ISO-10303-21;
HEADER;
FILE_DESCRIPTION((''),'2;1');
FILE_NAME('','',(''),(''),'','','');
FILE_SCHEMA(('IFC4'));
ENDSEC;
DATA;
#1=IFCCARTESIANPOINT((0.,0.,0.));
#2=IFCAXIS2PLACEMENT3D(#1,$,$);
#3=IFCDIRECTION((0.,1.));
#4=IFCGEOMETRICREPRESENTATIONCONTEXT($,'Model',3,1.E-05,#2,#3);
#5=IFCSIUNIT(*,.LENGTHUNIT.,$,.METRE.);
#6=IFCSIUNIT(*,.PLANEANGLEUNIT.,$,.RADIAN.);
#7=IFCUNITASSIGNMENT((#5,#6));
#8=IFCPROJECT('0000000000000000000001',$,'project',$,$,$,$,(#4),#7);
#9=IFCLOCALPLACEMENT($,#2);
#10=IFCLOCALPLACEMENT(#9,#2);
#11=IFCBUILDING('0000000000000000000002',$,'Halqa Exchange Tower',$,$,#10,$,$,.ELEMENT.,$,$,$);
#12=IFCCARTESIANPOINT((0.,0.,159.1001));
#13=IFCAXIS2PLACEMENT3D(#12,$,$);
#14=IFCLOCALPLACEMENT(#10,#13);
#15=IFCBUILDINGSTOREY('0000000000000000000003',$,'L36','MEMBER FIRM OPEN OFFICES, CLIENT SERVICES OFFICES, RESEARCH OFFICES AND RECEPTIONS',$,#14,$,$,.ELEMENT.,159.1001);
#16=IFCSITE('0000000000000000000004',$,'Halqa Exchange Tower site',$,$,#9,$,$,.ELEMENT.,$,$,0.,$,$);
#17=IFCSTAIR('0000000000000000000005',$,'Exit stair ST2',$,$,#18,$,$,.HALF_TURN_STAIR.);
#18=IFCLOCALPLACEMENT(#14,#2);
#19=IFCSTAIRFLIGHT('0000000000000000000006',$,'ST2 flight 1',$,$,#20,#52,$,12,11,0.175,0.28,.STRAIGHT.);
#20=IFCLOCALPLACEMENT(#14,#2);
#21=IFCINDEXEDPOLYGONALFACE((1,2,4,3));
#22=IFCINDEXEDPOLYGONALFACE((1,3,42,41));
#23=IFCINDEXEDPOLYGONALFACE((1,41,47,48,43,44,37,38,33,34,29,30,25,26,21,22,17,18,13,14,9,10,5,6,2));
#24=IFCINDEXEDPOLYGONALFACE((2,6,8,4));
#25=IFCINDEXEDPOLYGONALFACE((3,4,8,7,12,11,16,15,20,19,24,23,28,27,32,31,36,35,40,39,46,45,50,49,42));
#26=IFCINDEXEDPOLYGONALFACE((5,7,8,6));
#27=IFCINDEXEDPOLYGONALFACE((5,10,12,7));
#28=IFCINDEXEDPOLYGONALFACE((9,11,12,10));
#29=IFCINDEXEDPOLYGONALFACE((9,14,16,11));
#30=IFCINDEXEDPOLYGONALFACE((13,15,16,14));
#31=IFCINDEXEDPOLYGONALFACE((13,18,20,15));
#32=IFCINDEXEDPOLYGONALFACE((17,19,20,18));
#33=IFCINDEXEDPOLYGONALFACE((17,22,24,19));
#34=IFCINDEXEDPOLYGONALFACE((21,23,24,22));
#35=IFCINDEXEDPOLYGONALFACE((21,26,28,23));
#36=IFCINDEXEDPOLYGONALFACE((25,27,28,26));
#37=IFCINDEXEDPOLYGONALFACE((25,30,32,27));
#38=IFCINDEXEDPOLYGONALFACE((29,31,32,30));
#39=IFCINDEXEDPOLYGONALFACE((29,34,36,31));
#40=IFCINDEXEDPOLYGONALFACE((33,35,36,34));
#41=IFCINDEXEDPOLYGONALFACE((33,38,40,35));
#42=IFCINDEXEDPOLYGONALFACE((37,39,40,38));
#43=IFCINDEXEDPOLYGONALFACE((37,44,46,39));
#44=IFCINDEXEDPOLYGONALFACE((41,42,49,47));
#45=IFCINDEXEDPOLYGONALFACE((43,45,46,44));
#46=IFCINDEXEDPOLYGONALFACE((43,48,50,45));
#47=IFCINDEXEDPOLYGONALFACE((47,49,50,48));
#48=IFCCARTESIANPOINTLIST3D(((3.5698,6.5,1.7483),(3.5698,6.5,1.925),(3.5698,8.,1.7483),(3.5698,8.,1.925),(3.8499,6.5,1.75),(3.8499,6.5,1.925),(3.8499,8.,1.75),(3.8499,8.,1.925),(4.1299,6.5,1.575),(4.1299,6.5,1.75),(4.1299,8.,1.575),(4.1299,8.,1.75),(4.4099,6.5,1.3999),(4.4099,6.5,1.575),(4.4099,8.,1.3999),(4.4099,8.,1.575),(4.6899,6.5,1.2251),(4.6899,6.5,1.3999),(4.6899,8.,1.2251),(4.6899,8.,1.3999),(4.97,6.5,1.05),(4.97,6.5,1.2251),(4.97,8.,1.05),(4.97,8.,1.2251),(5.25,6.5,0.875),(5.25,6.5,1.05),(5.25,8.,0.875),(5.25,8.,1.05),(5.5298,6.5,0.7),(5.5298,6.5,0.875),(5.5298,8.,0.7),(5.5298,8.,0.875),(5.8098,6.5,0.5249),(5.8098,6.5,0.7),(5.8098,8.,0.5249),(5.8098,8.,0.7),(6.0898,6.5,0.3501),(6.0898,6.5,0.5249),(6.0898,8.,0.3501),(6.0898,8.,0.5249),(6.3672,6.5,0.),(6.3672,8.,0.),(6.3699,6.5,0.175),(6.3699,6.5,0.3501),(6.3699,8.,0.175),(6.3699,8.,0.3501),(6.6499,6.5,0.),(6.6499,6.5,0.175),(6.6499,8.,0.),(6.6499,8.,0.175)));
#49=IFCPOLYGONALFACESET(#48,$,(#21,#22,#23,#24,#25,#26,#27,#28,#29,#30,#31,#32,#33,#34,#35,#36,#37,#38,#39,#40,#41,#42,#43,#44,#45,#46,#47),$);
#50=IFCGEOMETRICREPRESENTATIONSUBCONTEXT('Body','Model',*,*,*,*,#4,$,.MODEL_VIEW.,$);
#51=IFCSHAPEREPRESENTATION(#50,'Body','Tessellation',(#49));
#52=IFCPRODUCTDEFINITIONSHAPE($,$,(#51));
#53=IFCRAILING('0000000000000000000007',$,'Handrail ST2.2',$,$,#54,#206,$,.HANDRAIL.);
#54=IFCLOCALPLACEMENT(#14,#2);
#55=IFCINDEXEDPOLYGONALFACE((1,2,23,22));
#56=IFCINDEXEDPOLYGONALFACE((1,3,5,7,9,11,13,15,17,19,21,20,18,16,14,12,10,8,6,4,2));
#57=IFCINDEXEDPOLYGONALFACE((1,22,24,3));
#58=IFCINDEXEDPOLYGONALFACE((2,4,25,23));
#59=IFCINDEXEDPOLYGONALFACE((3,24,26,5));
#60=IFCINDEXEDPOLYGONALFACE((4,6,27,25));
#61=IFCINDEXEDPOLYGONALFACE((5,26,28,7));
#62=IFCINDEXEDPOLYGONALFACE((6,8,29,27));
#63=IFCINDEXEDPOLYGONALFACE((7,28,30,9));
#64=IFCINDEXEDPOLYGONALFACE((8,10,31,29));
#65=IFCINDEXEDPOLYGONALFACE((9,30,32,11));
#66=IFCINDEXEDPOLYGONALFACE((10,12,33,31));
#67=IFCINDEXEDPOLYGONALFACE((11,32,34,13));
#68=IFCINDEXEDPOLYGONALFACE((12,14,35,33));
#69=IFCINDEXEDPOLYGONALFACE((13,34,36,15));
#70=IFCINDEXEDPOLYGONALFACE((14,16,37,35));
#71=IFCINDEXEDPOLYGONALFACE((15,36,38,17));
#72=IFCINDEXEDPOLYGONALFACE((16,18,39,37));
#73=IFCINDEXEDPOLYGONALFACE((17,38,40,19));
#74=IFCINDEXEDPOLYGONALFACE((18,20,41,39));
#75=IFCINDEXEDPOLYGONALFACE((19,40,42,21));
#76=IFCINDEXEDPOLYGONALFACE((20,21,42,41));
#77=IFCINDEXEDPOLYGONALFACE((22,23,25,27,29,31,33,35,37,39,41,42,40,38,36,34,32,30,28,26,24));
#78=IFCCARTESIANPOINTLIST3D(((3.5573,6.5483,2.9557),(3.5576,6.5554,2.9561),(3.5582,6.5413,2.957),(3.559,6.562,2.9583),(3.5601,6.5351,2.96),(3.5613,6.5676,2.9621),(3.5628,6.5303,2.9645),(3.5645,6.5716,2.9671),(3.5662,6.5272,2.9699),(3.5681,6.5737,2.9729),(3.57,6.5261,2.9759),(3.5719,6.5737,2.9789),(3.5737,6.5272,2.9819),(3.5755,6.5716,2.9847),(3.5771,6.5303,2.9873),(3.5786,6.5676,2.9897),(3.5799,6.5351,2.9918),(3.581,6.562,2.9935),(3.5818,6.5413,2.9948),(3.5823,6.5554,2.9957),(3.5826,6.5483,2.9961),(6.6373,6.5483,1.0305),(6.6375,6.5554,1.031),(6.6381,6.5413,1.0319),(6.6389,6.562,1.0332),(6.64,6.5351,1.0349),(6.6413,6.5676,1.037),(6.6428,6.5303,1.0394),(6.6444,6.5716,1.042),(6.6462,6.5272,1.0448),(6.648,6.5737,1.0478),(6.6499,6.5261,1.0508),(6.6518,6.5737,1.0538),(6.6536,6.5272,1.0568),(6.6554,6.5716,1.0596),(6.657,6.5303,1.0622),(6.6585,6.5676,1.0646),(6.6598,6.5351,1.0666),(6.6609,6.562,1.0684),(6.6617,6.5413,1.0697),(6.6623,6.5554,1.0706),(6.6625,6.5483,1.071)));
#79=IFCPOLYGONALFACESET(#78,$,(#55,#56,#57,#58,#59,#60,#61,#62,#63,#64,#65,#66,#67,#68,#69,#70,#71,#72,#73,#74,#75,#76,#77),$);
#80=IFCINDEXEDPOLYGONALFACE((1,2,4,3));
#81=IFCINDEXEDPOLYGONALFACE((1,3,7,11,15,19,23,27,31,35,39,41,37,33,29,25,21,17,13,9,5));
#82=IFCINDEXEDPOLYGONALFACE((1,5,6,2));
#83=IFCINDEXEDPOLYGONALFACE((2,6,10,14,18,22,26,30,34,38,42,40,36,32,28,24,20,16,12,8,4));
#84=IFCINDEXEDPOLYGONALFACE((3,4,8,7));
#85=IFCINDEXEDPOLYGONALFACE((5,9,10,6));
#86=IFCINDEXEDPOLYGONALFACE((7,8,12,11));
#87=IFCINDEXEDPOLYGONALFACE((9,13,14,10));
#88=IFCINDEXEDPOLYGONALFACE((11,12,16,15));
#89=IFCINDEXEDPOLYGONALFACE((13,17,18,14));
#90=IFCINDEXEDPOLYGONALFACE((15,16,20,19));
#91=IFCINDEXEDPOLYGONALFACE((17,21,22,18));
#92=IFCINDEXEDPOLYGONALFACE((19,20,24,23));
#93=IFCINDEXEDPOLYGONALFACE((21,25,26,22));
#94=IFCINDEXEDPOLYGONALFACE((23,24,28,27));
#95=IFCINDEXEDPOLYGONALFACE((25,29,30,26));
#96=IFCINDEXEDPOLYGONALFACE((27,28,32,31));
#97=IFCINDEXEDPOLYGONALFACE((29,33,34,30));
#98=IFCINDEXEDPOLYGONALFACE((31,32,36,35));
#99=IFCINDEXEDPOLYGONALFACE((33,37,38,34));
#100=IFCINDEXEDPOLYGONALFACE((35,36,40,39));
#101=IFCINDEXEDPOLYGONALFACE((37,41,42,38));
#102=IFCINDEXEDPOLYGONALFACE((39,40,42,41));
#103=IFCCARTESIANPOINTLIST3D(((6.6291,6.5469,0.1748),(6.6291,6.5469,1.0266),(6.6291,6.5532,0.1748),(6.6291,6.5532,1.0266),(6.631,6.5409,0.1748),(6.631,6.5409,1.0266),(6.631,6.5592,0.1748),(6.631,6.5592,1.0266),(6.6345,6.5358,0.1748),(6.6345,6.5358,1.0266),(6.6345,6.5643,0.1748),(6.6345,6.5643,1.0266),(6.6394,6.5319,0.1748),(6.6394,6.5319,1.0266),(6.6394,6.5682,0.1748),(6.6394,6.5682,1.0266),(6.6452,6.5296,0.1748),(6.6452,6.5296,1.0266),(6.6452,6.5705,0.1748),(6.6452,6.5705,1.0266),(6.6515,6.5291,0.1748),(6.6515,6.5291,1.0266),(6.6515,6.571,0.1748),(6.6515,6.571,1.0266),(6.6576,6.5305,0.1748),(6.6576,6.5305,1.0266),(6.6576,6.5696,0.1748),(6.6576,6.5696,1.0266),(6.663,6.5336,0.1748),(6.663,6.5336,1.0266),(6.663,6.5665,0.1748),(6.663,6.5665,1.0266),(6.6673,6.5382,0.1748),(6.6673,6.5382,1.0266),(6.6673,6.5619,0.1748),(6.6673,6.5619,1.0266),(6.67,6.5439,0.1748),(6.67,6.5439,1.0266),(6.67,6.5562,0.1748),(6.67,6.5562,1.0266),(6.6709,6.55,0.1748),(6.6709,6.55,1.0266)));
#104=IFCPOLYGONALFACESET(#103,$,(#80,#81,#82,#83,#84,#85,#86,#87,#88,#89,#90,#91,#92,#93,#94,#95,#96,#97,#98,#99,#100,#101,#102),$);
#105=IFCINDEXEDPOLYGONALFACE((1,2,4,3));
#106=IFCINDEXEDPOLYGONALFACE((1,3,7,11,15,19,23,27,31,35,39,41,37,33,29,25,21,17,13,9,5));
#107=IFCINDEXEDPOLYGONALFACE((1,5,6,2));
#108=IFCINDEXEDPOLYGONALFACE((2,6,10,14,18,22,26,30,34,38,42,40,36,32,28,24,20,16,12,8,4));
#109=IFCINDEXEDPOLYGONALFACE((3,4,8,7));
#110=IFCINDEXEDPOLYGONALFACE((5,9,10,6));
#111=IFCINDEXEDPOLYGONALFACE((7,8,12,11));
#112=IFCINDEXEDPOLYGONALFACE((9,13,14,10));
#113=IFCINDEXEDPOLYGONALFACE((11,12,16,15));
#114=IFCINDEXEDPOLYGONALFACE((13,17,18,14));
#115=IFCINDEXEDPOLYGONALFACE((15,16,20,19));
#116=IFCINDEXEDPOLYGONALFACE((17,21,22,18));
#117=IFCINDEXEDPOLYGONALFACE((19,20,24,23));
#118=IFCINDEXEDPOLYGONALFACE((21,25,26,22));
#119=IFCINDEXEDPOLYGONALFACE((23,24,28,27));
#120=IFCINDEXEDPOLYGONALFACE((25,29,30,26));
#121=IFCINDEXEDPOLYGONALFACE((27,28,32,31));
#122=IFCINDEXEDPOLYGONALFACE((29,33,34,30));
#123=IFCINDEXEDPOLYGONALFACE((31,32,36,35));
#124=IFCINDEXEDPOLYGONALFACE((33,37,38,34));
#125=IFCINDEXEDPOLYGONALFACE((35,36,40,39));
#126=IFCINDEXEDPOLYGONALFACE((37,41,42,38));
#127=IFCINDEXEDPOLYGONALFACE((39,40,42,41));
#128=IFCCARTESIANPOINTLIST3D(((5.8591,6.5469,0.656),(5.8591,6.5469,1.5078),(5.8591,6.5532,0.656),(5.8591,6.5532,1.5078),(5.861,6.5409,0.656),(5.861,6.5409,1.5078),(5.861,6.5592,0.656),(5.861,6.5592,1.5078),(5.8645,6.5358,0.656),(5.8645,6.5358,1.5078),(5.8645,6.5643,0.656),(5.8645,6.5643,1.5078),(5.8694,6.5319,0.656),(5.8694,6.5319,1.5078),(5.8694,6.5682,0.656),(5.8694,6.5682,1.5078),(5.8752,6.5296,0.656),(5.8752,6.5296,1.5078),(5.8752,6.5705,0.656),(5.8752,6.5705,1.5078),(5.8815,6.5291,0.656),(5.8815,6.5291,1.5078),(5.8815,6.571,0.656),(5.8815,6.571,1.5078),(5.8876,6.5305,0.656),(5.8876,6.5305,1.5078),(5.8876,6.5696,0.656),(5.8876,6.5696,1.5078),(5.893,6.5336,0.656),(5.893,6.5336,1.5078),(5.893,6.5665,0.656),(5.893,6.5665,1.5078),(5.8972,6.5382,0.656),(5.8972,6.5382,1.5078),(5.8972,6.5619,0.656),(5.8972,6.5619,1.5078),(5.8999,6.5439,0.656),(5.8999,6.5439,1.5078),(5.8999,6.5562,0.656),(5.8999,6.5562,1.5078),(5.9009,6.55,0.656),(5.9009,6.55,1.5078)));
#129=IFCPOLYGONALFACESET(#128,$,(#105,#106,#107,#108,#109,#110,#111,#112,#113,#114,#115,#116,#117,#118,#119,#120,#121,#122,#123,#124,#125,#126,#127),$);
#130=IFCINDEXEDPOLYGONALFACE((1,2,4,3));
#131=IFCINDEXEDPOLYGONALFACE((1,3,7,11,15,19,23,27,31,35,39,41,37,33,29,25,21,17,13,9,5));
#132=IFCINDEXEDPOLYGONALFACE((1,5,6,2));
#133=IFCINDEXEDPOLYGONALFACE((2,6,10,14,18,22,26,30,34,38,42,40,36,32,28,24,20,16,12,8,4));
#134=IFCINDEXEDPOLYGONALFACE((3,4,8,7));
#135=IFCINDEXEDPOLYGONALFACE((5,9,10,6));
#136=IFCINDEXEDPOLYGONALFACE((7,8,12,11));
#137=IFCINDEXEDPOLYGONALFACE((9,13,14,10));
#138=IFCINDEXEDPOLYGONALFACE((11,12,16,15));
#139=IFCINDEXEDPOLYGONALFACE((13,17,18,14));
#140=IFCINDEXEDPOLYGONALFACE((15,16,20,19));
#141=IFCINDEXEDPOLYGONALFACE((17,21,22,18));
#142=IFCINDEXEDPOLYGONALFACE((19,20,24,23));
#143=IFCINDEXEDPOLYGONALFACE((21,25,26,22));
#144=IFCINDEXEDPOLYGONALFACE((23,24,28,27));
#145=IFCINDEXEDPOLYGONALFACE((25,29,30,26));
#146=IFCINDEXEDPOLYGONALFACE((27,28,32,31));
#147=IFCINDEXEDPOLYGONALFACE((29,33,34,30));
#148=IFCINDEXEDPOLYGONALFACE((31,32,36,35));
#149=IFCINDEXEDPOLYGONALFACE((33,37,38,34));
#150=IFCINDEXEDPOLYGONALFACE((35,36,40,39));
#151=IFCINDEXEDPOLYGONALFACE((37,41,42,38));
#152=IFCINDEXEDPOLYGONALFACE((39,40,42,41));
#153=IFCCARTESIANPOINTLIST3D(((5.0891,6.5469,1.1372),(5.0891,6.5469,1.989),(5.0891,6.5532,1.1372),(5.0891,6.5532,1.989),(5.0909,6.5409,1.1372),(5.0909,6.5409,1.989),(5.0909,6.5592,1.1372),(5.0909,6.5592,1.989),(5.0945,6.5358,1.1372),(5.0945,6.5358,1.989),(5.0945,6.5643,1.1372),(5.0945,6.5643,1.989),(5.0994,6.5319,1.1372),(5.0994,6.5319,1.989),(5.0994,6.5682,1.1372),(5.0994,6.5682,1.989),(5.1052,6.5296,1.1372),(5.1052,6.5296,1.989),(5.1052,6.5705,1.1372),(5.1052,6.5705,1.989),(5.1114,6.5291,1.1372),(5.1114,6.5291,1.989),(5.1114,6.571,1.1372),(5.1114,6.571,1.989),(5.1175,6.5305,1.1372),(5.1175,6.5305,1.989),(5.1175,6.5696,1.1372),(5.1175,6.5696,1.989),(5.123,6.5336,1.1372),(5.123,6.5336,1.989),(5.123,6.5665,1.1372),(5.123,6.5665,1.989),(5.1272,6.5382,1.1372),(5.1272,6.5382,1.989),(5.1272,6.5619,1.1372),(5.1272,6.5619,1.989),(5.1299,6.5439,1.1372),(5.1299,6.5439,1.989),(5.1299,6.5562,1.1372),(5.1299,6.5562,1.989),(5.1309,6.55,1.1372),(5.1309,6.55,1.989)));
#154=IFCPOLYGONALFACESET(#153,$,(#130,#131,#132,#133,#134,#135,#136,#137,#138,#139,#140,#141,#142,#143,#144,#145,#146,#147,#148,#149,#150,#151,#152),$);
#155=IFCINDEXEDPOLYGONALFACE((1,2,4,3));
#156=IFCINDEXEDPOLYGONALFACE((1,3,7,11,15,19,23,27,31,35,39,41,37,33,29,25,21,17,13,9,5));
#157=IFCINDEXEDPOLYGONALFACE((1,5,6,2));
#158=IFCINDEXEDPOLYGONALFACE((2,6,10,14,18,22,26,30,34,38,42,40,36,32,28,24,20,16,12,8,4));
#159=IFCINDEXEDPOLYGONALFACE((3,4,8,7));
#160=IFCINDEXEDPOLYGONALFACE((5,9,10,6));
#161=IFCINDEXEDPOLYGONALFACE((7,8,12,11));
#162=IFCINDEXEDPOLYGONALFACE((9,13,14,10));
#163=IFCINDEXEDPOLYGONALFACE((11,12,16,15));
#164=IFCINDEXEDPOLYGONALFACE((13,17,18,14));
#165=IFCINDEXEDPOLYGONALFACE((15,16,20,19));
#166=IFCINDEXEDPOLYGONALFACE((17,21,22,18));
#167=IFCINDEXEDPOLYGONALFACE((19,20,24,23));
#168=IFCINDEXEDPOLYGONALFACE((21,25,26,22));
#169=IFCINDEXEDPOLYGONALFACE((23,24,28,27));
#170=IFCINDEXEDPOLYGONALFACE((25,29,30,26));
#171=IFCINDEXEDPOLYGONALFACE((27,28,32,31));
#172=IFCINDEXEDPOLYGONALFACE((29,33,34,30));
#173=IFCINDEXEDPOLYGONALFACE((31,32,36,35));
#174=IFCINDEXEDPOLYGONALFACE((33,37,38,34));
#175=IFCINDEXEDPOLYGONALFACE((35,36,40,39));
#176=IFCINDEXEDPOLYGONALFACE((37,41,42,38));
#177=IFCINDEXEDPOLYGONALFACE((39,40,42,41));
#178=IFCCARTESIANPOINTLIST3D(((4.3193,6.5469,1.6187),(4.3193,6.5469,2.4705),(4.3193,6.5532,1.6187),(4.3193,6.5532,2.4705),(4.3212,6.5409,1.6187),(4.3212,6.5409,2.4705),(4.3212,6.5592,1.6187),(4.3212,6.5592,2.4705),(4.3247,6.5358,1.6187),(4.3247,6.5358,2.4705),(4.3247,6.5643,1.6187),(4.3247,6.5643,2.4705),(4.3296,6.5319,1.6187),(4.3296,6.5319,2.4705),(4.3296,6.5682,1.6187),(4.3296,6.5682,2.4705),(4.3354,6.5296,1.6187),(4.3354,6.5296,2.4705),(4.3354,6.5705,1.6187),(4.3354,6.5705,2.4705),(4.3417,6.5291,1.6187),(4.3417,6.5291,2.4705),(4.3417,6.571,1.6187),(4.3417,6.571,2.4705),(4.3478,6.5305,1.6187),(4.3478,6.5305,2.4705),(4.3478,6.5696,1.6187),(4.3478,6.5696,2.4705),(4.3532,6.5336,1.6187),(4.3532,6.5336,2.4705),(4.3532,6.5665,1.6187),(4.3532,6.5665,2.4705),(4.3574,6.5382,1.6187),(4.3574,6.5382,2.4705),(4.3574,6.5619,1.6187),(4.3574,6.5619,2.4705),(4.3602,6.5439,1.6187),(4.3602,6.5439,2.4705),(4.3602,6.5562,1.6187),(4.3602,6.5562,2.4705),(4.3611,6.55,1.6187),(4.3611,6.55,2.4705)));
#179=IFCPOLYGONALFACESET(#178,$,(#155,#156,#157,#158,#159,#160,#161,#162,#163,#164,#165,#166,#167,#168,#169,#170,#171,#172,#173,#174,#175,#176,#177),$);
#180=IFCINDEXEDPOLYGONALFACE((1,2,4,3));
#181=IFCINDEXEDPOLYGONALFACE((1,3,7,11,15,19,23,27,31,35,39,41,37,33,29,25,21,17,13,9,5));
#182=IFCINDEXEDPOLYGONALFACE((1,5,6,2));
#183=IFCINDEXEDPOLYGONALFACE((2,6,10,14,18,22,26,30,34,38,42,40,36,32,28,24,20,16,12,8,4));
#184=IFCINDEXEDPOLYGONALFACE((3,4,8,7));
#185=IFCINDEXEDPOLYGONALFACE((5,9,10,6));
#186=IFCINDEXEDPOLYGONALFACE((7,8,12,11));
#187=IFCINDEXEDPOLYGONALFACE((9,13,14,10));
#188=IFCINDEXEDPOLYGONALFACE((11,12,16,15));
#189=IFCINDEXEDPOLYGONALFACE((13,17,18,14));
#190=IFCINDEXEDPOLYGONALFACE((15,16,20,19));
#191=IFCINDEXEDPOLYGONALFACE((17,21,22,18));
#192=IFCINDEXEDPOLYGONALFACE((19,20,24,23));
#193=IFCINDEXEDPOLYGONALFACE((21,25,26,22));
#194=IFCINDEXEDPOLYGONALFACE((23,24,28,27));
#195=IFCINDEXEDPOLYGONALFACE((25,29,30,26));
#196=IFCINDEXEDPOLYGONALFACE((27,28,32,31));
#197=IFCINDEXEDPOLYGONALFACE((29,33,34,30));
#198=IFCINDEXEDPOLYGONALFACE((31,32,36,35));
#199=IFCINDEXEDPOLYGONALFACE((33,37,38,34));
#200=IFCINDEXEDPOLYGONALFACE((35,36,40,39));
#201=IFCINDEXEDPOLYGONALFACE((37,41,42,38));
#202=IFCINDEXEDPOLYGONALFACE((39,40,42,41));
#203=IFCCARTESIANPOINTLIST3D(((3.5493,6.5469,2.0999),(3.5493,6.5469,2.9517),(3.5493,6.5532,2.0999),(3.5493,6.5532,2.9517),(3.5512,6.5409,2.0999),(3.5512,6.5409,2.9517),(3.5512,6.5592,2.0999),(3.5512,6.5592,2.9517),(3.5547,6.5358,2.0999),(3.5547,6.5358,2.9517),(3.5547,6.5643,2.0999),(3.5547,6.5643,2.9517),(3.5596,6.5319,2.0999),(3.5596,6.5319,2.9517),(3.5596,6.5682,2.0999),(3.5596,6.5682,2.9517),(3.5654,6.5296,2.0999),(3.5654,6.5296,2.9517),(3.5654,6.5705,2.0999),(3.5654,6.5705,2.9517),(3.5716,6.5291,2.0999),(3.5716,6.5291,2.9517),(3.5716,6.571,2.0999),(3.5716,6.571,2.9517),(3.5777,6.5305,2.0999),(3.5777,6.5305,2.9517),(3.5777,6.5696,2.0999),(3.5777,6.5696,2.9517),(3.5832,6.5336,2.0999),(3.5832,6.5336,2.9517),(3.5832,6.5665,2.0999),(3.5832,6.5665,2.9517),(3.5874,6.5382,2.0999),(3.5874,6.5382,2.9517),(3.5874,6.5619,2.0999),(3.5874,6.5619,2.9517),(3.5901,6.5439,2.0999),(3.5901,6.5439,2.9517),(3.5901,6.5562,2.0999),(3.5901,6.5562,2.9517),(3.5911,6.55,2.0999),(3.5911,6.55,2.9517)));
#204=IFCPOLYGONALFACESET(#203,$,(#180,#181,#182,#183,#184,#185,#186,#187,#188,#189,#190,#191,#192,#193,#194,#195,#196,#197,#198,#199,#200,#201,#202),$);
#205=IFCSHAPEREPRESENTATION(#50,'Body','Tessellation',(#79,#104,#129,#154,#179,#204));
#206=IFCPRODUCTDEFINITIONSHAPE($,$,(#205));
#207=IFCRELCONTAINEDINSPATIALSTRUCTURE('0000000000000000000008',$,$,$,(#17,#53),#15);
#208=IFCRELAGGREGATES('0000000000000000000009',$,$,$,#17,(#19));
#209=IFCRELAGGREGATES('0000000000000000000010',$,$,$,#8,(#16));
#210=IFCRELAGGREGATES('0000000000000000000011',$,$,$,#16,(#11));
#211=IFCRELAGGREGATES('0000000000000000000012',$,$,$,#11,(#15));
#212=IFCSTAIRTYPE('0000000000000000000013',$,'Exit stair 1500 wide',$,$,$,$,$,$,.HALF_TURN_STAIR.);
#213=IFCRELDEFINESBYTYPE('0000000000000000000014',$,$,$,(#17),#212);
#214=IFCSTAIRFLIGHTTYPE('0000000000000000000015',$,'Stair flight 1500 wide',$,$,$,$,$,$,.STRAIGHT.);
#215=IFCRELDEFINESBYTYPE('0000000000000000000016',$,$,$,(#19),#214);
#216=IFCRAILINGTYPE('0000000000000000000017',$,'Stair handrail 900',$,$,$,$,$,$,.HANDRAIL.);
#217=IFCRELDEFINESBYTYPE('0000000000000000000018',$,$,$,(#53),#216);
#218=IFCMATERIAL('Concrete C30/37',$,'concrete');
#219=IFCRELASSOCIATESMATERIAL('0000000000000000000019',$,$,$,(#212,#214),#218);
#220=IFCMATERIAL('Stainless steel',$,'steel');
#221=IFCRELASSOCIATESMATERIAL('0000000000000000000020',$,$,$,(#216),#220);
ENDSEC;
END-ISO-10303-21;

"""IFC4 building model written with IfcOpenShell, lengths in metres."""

from ifc_helpers import new_model, si_unit, direction, frame, origin, origin_2d, place, context, subcontext, project, spatial, polyline, circle, outline, extrude, material, type_object, element, aggregate, save


model = new_model("IFC4")

# Units and contexts
model_context = context("Model", 3, precision=1e-05, world=origin(), true_north=direction((0.0, 1.0)))
body_context = subcontext(model_context, "Body", "Model", "MODEL_VIEW")
ifc_project = project(units=[si_unit("LENGTHUNIT", "METRE"), si_unit("PLANEANGLEUNIT", "RADIAN")], contexts=[model_context])

# Site, building, storey
site_placement = place(None, origin())
site = spatial("IfcSite", under=ifc_project, at=site_placement, Name="Halqa Exchange Tower site", CompositionType="ELEMENT", RefElevation=0.0)
building_placement = place(site_placement, origin())
building = spatial("IfcBuilding", under=site, at=building_placement, Name="Halqa Exchange Tower", CompositionType="ELEMENT")
storey_placement = place(building_placement, frame((0.0, 0.0, 159.1001)))
storey = spatial("IfcBuildingStorey", under=building, at=storey_placement, Name="L36", Description="MEMBER FIRM OPEN OFFICES, CLIENT SERVICES OFFICES, RESEARCH OFFICES AND RECEPTIONS", CompositionType="ELEMENT", Elevation=159.1001)

# Stair
ifc_material_1 = material(Name="Concrete C30/37", Category="concrete")
stair_type = type_object("IfcStairType", Name="Exit stair 1500 wide", PredefinedType="HALF_TURN_STAIR", material=ifc_material_1)
stair_1_placement = place(storey_placement, origin())
stair_1 = element("IfcStair", 1, at=stair_1_placement, inside=storey, type_object=stair_type, Name="Exit stair ST2", PredefinedType="HALF_TURN_STAIR")

# Stair flight
stair_flight_type = type_object("IfcStairFlightType", Name="Stair flight 1500 wide", PredefinedType="STRAIGHT", material=ifc_material_1)
stair_flight_placement = place(storey_placement, frame((6.6499, 7.25, 0.0), z_axis=(0.0, 0.0, 1.0), x_axis=(-1.0, 0.0, 0.0)))
stair_flight = element("IfcStairFlight", 2, at=stair_flight_placement, type_object=stair_flight_type, Name="ST2 flight 1", NumberOfRisers=12, NumberOfTreads=11, PredefinedType="STRAIGHT", RiserHeight=0.175, TreadLength=0.28, context=body_context, shape_type="SweptSolid", body=[
    extrude(outline(polyline([(0.0, 0.0), (0.0, 0.175), (0.28, 0.175), (0.28, 0.3501), (0.5601, 0.3501), (0.5601, 0.5249), (0.8401, 0.5249), (0.8401, 0.7), (1.1201, 0.7), (1.1201, 0.875), (1.3999, 0.875), (1.3999, 1.05), (1.6799, 1.05), (1.6799, 1.2251), (1.96, 1.2251), (1.96, 1.3999), (2.24, 1.3999), (2.24, 1.575), (2.52, 1.575), (2.52, 1.75), (2.8, 1.75), (2.8, 1.925), (3.0801, 1.925), (3.0801, 2.1001), (3.0801, 1.7483), (0.2827, 0.0), (0.0, 0.0)])), frame((0.0, 0.75, 0.0), z_axis=(0.0, -1.0, 0.0), x_axis=(1.0, 0.0, 0.0)), (0.0, 0.0, 1.0), 1.5),
])
aggregate(stair_1, [stair_flight])

# Railing
ifc_material_2 = material(Name="Stainless steel", Category="steel")
railing_type_1 = type_object("IfcRailingType", Name="Stair handrail 900", PredefinedType="HANDRAIL", material=ifc_material_2)
railing_1_placement = place(storey_placement, frame((6.6499, 6.55, 0.1748)))
element("IfcRailing", 3, at=railing_1_placement, inside=storey, type_object=railing_type_1, Name="Handrail ST2.2", PredefinedType="HANDRAIL", context=body_context, shape_type="SweptSolid", body=[
    extrude(circle(Radius=0.0239, at=origin_2d()), frame((0.0, 0.0, 0.876), z_axis=(-0.847979, 0.0, 0.530029), x_axis=(0.0, -1.0, 0.0)), (0.0, 0.0, 1.0), 3.6321),
    extrude(circle(Radius=0.021, at=origin_2d()), origin(), (0.0, 0.0, 1.0), 0.8518),
    extrude(circle(Radius=0.021, at=origin_2d()), frame((-0.77, 0.0, 0.4812)), (0.0, 0.0, 1.0), 0.8518),
    extrude(circle(Radius=0.021, at=origin_2d()), frame((-1.54, 0.0, 0.9624)), (0.0, 0.0, 1.0), 0.8518),
    extrude(circle(Radius=0.021, at=origin_2d()), frame((-2.3098, 0.0, 1.4438)), (0.0, 0.0, 1.0), 0.8518),
    extrude(circle(Radius=0.021, at=origin_2d()), frame((-3.0798, 0.0, 1.925)), (0.0, 0.0, 1.0), 0.8518),
])

save(model, "model.ifc")
